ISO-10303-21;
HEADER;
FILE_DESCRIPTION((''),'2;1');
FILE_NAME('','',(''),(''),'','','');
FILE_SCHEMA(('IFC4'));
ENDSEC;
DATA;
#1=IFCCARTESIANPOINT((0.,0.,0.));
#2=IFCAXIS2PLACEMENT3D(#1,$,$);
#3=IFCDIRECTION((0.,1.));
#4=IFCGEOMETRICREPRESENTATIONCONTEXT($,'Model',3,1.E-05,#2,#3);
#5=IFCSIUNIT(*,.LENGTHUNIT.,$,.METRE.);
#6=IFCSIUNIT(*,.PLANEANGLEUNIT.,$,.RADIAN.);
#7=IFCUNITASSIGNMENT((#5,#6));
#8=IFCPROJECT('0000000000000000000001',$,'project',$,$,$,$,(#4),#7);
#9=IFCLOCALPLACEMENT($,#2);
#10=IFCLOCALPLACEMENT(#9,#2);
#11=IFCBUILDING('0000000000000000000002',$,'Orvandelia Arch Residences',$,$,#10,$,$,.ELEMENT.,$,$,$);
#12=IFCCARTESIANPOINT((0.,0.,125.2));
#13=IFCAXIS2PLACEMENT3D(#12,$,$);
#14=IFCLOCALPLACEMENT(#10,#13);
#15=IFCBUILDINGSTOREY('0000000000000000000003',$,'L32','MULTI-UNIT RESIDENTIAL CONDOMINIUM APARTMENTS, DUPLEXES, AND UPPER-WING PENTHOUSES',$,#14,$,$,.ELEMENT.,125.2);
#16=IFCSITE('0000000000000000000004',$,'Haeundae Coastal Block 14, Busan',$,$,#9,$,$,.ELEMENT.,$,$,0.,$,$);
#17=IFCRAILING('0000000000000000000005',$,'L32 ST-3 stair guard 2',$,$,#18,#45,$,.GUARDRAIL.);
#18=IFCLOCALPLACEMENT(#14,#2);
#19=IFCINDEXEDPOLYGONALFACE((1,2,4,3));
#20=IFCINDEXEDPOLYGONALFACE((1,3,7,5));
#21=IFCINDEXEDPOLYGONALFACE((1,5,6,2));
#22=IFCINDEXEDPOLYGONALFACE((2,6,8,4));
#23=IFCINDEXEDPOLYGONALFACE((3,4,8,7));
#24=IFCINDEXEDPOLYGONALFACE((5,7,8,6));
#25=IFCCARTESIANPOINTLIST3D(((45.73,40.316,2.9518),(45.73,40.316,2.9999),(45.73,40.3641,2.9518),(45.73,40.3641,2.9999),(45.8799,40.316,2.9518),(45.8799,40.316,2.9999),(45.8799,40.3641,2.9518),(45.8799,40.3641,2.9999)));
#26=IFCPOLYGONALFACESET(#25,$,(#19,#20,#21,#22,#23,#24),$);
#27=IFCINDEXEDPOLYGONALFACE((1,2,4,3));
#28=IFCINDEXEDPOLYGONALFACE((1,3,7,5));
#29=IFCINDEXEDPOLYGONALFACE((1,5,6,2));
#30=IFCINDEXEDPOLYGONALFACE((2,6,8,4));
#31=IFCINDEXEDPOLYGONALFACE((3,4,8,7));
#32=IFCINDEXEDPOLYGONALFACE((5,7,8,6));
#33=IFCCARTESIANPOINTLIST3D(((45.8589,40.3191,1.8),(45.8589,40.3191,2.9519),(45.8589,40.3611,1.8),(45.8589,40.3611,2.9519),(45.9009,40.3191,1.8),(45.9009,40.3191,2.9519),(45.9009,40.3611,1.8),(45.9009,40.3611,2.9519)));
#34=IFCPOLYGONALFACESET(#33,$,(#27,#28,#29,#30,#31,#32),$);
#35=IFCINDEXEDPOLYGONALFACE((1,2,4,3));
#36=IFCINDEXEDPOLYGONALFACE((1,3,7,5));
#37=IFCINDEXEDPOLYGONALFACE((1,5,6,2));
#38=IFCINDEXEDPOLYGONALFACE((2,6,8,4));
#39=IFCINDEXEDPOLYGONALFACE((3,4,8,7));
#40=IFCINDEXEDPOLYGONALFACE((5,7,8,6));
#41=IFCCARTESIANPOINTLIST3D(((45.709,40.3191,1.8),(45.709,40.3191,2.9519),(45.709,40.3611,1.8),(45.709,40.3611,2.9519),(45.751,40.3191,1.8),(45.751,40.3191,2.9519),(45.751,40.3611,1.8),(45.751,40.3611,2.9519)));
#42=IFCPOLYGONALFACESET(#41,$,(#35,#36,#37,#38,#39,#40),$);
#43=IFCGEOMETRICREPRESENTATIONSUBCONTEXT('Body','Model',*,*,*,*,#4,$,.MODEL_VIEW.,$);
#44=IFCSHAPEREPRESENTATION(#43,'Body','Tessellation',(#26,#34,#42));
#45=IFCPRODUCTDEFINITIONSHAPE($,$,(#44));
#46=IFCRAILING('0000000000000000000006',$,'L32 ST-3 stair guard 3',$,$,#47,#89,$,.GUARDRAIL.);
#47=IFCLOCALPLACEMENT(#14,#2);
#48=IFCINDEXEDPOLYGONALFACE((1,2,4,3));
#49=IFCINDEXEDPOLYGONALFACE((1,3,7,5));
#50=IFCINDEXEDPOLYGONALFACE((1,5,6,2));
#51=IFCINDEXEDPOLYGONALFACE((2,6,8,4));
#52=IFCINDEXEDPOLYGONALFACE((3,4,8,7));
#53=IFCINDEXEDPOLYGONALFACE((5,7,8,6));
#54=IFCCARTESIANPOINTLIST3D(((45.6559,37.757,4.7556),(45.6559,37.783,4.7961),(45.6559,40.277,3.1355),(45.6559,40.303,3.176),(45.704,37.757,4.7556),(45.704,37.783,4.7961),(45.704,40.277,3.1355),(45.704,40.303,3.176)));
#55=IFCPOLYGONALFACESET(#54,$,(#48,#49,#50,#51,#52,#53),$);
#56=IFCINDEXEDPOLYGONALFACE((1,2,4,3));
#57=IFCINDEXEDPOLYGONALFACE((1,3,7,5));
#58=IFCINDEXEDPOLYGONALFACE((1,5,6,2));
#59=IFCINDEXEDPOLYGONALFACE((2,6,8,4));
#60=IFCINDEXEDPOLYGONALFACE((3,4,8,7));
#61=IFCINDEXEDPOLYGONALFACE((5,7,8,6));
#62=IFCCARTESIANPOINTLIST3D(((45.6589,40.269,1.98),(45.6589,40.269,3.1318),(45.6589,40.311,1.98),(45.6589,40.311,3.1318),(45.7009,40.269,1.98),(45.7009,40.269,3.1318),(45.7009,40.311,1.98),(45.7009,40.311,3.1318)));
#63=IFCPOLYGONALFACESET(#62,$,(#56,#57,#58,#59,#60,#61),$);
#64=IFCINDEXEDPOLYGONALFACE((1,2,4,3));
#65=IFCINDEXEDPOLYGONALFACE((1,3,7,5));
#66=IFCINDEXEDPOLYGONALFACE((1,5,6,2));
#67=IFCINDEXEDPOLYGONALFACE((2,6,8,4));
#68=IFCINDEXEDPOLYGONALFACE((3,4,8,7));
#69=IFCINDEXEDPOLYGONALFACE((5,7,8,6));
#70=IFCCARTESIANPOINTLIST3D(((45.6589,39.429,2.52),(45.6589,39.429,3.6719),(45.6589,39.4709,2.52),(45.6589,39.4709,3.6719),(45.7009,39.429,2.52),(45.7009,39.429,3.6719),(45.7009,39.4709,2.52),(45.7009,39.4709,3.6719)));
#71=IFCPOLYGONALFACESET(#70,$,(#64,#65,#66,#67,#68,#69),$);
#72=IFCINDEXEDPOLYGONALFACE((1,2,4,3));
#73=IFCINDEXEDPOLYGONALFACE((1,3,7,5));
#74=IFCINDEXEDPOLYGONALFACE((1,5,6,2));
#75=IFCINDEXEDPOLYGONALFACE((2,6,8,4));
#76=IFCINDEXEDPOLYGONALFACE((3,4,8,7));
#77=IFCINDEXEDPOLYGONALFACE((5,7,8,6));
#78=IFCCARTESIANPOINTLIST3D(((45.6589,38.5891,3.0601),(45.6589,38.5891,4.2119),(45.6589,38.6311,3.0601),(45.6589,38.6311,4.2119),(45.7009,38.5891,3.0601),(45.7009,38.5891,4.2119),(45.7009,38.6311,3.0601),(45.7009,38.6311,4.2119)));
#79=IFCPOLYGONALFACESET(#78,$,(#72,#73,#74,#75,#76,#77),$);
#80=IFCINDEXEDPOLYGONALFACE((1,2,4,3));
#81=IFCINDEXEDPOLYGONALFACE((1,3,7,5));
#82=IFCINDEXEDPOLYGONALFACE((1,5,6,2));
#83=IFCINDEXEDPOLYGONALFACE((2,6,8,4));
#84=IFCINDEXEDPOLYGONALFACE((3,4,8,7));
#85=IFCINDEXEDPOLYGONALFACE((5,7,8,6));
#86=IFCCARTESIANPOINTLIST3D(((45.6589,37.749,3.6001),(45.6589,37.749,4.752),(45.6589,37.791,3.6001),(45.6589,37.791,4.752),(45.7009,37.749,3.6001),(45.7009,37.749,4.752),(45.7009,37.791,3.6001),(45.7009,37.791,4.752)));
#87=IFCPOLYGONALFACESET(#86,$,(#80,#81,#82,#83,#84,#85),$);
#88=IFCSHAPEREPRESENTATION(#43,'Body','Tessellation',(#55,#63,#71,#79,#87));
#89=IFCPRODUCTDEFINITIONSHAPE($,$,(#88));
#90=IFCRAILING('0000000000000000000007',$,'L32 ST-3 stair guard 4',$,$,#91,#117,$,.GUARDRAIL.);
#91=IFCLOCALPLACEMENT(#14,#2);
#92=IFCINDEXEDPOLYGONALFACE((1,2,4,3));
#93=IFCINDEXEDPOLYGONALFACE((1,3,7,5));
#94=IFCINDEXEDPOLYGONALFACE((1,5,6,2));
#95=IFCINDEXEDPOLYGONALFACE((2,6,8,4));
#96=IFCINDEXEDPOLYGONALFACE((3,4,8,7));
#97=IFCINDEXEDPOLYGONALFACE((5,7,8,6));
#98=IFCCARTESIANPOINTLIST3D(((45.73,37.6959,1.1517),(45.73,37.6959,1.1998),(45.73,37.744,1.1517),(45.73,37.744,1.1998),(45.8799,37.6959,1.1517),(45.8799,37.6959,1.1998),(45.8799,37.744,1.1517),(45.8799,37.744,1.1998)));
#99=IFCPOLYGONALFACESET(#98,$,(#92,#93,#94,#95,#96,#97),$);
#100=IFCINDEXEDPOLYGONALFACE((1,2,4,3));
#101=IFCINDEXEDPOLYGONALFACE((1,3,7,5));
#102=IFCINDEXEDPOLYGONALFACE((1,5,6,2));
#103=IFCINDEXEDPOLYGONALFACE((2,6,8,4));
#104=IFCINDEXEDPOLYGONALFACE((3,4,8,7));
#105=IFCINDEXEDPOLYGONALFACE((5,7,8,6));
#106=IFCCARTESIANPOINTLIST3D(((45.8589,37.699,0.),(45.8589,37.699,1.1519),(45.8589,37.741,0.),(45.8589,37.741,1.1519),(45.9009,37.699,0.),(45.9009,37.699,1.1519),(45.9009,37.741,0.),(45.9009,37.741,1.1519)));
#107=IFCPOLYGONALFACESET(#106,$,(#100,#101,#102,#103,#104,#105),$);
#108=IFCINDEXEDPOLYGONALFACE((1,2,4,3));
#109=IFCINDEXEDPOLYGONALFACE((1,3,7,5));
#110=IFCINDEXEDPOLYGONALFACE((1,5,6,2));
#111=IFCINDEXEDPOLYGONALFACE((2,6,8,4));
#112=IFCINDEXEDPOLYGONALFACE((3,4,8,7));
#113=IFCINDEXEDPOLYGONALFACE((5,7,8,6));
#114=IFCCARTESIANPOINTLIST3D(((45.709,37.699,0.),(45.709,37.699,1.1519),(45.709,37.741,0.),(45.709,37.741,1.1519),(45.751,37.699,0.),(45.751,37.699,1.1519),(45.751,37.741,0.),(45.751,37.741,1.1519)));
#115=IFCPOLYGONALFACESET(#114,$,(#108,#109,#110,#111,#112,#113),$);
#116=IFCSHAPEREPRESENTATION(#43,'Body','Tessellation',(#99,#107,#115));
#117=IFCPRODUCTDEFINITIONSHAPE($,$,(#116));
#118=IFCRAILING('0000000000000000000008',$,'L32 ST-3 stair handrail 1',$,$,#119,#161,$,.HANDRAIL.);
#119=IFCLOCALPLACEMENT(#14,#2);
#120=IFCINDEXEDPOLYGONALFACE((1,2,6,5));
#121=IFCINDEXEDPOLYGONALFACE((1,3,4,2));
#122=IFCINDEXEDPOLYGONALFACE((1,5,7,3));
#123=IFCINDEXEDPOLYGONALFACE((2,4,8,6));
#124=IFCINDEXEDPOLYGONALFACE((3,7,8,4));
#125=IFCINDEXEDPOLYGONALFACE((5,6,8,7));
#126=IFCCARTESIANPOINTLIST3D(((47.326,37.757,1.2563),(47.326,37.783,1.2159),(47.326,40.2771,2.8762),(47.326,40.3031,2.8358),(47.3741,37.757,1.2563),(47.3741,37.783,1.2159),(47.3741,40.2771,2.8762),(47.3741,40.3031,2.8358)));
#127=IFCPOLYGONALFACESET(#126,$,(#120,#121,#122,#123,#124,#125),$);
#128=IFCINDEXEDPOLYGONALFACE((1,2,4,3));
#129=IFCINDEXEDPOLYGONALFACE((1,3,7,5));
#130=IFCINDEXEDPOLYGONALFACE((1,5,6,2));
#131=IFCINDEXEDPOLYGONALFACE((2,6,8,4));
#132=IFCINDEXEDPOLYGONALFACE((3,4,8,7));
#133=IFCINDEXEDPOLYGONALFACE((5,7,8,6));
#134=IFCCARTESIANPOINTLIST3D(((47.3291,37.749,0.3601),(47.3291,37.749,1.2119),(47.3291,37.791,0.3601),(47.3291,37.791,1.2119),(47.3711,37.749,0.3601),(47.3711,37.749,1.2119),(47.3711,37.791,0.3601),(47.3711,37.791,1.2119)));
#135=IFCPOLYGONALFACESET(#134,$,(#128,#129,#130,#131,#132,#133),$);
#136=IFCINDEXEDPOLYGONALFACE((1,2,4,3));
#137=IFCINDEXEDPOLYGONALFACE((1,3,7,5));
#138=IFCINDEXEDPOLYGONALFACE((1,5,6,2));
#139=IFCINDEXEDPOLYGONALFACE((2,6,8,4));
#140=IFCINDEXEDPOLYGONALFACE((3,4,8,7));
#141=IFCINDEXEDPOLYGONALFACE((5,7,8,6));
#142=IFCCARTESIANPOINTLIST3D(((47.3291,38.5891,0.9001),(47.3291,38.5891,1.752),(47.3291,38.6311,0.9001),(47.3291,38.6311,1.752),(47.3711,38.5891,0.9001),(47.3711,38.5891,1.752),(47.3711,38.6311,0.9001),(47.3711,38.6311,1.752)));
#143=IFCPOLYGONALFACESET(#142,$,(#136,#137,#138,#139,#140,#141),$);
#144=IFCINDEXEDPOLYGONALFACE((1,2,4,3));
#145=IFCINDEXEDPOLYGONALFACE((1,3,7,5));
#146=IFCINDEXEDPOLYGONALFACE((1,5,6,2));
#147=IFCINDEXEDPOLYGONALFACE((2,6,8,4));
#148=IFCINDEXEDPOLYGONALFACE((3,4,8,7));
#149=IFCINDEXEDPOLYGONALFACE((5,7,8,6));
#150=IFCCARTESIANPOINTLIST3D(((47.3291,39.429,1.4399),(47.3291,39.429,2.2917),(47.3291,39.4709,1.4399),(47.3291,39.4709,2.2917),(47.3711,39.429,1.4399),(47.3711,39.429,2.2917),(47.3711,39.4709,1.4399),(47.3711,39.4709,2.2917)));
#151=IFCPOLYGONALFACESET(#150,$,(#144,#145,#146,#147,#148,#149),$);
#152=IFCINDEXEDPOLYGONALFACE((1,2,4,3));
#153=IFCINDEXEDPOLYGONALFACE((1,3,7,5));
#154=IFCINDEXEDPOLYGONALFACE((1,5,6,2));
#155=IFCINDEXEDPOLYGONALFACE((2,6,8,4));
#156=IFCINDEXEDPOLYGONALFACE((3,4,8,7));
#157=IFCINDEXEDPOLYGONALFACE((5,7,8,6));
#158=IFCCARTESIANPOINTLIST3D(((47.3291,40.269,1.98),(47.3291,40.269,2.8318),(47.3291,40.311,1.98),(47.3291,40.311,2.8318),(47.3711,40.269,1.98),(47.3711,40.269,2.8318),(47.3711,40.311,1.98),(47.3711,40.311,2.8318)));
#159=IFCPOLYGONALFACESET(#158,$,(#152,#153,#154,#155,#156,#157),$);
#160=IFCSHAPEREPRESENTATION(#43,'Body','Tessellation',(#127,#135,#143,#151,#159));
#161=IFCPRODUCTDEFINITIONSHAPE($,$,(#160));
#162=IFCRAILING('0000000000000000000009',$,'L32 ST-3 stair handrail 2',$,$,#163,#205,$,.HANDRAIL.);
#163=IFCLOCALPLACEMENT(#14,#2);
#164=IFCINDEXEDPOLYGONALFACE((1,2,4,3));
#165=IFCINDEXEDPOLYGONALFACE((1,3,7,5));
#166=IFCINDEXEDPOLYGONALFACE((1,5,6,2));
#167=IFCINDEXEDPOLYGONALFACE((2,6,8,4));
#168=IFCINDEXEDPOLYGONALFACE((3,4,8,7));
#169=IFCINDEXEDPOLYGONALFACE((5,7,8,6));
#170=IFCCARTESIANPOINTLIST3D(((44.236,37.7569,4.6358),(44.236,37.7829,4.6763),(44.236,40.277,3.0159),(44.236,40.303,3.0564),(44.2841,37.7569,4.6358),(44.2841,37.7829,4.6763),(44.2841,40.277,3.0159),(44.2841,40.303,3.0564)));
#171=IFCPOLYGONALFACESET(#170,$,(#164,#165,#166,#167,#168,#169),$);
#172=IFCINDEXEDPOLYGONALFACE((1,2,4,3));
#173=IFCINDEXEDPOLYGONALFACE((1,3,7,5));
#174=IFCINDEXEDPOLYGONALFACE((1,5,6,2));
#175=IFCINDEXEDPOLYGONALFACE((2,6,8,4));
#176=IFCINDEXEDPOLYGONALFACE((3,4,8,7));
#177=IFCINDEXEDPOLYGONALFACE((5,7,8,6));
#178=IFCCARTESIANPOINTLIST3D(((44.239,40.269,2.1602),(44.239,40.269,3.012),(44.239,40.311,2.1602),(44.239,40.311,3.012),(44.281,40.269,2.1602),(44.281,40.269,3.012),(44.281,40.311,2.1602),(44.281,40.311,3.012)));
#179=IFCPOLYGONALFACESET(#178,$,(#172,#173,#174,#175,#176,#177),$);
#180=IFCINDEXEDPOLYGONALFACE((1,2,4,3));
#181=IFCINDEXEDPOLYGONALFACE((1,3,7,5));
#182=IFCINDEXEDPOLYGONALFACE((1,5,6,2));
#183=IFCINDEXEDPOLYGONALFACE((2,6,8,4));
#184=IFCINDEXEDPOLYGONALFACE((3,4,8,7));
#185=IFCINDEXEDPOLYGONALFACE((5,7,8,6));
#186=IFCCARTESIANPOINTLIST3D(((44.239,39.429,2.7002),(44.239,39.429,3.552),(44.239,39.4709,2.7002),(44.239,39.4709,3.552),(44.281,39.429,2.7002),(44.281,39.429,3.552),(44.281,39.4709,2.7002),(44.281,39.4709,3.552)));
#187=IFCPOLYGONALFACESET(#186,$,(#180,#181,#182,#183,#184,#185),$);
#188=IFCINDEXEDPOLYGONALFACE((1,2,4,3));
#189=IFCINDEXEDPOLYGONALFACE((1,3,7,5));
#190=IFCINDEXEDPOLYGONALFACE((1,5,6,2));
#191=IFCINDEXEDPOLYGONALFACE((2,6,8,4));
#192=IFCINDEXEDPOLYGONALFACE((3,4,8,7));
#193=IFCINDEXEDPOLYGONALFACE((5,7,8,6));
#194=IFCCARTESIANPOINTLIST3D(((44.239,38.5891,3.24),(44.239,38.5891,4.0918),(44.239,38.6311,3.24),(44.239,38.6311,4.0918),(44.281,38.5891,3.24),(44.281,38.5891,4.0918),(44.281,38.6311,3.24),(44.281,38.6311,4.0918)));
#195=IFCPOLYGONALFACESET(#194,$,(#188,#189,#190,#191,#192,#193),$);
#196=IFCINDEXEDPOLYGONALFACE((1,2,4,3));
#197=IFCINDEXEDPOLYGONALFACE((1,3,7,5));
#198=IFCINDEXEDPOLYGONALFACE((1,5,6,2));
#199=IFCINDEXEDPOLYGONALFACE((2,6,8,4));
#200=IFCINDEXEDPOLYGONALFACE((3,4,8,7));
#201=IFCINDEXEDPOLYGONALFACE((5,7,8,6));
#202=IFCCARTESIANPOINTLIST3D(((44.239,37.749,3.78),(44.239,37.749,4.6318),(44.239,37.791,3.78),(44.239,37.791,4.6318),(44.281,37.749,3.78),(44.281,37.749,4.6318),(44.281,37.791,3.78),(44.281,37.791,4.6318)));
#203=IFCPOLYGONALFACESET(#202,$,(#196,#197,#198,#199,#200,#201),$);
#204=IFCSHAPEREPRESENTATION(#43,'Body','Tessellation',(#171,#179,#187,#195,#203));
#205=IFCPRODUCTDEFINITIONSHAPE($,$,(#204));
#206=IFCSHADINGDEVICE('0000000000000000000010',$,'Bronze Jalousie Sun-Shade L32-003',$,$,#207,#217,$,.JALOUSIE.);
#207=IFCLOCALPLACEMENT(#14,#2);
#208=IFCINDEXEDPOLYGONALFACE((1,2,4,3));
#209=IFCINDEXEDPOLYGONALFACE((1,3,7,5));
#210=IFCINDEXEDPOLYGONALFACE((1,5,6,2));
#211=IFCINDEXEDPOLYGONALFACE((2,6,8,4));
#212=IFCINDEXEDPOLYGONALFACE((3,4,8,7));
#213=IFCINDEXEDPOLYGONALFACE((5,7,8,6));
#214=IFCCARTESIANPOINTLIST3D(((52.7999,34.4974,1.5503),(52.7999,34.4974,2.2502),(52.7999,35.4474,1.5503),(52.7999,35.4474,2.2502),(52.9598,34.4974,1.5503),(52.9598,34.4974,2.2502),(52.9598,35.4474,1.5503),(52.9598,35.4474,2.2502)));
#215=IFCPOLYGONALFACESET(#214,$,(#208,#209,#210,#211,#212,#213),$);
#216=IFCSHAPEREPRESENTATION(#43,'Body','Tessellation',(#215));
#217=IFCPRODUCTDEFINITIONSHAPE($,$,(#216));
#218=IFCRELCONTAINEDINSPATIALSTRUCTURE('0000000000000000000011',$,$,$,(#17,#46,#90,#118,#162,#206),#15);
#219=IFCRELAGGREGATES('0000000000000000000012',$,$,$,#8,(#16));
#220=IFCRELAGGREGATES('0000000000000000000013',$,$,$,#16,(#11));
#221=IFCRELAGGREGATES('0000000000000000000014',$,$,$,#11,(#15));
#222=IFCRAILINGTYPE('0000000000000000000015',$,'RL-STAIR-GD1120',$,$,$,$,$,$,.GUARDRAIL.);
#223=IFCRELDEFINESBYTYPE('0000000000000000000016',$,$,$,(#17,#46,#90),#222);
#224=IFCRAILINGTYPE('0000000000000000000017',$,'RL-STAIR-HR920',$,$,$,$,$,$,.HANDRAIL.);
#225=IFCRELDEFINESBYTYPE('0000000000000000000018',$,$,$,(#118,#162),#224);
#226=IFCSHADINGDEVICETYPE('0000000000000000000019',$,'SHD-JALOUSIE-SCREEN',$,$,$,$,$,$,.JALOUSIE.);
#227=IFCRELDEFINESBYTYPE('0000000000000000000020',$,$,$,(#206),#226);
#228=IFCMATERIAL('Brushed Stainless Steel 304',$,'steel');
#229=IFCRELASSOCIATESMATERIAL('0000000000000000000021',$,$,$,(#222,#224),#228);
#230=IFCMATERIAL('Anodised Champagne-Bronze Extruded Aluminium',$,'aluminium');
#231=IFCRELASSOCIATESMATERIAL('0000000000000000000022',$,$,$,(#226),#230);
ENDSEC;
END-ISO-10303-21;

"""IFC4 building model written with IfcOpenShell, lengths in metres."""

from ifc_helpers import new_model, si_unit, direction, frame, origin, origin_2d, place, context, subcontext, project, spatial, rectangle, extrude, material, type_object, element, save


model = new_model("IFC4")

# Units and contexts
model_context = context("Model", 3, precision=1e-05, world=origin(), true_north=direction((0.0, 1.0)))
body_context = subcontext(model_context, "Body", "Model", "MODEL_VIEW")
ifc_project = project(units=[si_unit("LENGTHUNIT", "METRE"), si_unit("PLANEANGLEUNIT", "RADIAN")], contexts=[model_context])

# Site, building, storey
site_placement = place(None, origin())
site = spatial("IfcSite", under=ifc_project, at=site_placement, Name="Haeundae Coastal Block 14, Busan", CompositionType="ELEMENT", RefElevation=0.0)
building_placement = place(site_placement, origin())
building = spatial("IfcBuilding", under=site, at=building_placement, Name="Orvandelia Arch Residences", CompositionType="ELEMENT")
storey_placement = place(building_placement, frame((0.0, 0.0, 125.2)))
storey = spatial("IfcBuildingStorey", under=building, at=storey_placement, Name="L32", Description="MULTI-UNIT RESIDENTIAL CONDOMINIUM APARTMENTS, DUPLEXES, AND UPPER-WING PENTHOUSES", CompositionType="ELEMENT", Elevation=125.2)

# Railings
ifc_material_1 = material(Name="Brushed Stainless Steel 304", Category="steel")
railing_type_1 = type_object("IfcRailingType", Name="RL-STAIR-GD1120", PredefinedType="GUARDRAIL", material=ifc_material_1)
railing_1_placement = place(storey_placement, frame((45.8799, 40.3401, 1.8)))
element("IfcRailing", 1, at=railing_1_placement, inside=storey, type_object=railing_type_1, Name="L32 ST-3 stair guard 2", PredefinedType="GUARDRAIL", context=body_context, shape_type="SweptSolid", body=[
    extrude(rectangle(XDim=0.0481, YDim=0.0481, at=origin_2d()), frame((0.0, 0.0, 1.1758), z_axis=(-1.0, 0.0, 0.0), x_axis=(0.0, -1.0, 0.0)), (0.0, 0.0, 1.0), 0.1499),
    extrude(rectangle(XDim=0.042, YDim=0.042, at=origin_2d()), origin(), (0.0, 0.0, 1.0), 1.1519),
    extrude(rectangle(XDim=0.042, YDim=0.042, at=origin_2d()), frame((-0.1499, 0.0, 0.0)), (0.0, 0.0, 1.0), 1.1519),
])
railing_2_placement = place(storey_placement, frame((45.6799, 40.29, 1.98)))
element("IfcRailing", 2, at=railing_2_placement, inside=storey, type_object=railing_type_1, Name="L32 ST-3 stair guard 3", PredefinedType="GUARDRAIL", context=body_context, shape_type="SweptSolid", body=[
    extrude(rectangle(XDim=0.0481, YDim=0.0481, at=origin_2d()), frame((0.0, 0.0, 1.1758), z_axis=(0.0, -0.841163, 0.540782), x_axis=(1.0, 0.0, 0.0)), (0.0, 0.0, 1.0), 2.9958),
    extrude(rectangle(XDim=0.042, YDim=0.042, at=origin_2d()), origin(), (0.0, 0.0, 1.0), 1.1519),
    extrude(rectangle(XDim=0.042, YDim=0.042, at=origin_2d()), frame((0.0, -0.8401, 0.54)), (0.0, 0.0, 1.0), 1.1519),
    extrude(rectangle(XDim=0.042, YDim=0.042, at=origin_2d()), frame((0.0, -1.6799, 1.0801)), (0.0, 0.0, 1.0), 1.1519),
    extrude(rectangle(XDim=0.042, YDim=0.042, at=origin_2d()), frame((0.0, -2.52, 1.6201)), (0.0, 0.0, 1.0), 1.1519),
])
railing_3_placement = place(storey_placement, frame((45.8799, 37.72, 0.0)))
element("IfcRailing", 3, at=railing_3_placement, inside=storey, type_object=railing_type_1, Name="L32 ST-3 stair guard 4", PredefinedType="GUARDRAIL", context=body_context, shape_type="SweptSolid", body=[
    extrude(rectangle(XDim=0.0481, YDim=0.0481, at=origin_2d()), frame((0.0, 0.0, 1.1758), z_axis=(-1.0, 0.0, 0.0), x_axis=(0.0, -1.0, 0.0)), (0.0, 0.0, 1.0), 0.1499),
    extrude(rectangle(XDim=0.042, YDim=0.042, at=origin_2d()), origin(), (0.0, 0.0, 1.0), 1.1519),
    extrude(rectangle(XDim=0.042, YDim=0.042, at=origin_2d()), frame((-0.1499, 0.0, 0.0)), (0.0, 0.0, 1.0), 1.1519),
])
railing_type_2 = type_object("IfcRailingType", Name="RL-STAIR-HR920", PredefinedType="HANDRAIL", material=ifc_material_1)
railing_4_placement = place(storey_placement, frame((47.3501, 37.77, 0.3601)))
element("IfcRailing", 4, at=railing_4_placement, inside=storey, type_object=railing_type_2, Name="L32 ST-3 stair handrail 1", PredefinedType="HANDRAIL", context=body_context, shape_type="SweptSolid", body=[
    extrude(rectangle(XDim=0.0481, YDim=0.0481, at=origin_2d()), frame((0.0, 0.0, 0.876), z_axis=(0.0, 0.8412, 0.540725), x_axis=(-1.0, 0.0, 0.0)), (0.0, 0.0, 1.0), 2.9958),
    extrude(rectangle(XDim=0.042, YDim=0.042, at=origin_2d()), origin(), (0.0, 0.0, 1.0), 0.8518),
    extrude(rectangle(XDim=0.042, YDim=0.042, at=origin_2d()), frame((0.0, 0.8401, 0.54)), (0.0, 0.0, 1.0), 0.8518),
    extrude(rectangle(XDim=0.042, YDim=0.042, at=origin_2d()), frame((0.0, 1.6799, 1.0798)), (0.0, 0.0, 1.0), 0.8518),
    extrude(rectangle(XDim=0.042, YDim=0.042, at=origin_2d()), frame((0.0, 2.52, 1.6199)), (0.0, 0.0, 1.0), 0.8518),
])
railing_5_placement = place(storey_placement, frame((44.26, 40.29, 2.1602)))
element("IfcRailing", 5, at=railing_5_placement, inside=storey, type_object=railing_type_2, Name="L32 ST-3 stair handrail 2", PredefinedType="HANDRAIL", context=body_context, shape_type="SweptSolid", body=[
    extrude(rectangle(XDim=0.0481, YDim=0.0481, at=origin_2d()), frame((0.0, 0.0, 0.876), z_axis=(0.0, -0.8412, 0.540725), x_axis=(1.0, 0.0, 0.0)), (0.0, 0.0, 1.0), 2.9958),
    extrude(rectangle(XDim=0.042, YDim=0.042, at=origin_2d()), origin(), (0.0, 0.0, 1.0), 0.8518),
    extrude(rectangle(XDim=0.042, YDim=0.042, at=origin_2d()), frame((0.0, -0.8401, 0.54)), (0.0, 0.0, 1.0), 0.8518),
    extrude(rectangle(XDim=0.042, YDim=0.042, at=origin_2d()), frame((0.0, -1.6799, 1.0798)), (0.0, 0.0, 1.0), 0.8518),
    extrude(rectangle(XDim=0.042, YDim=0.042, at=origin_2d()), frame((0.0, -2.52, 1.6199)), (0.0, 0.0, 1.0), 0.8518),
])

# Shading device
ifc_material_2 = material(Name="Anodised Champagne-Bronze Extruded Aluminium", Category="aluminium")
shading_device_type_1 = type_object("IfcShadingDeviceType", Name="SHD-JALOUSIE-SCREEN", PredefinedType="JALOUSIE", material=ifc_material_2)
shading_device_1_placement = place(storey_placement, frame((52.8799, 34.9724, 1.5503), z_axis=(0.0, 0.0, 1.0), x_axis=(0.0, -1.0, 0.0)))
element("IfcShadingDevice", 6, at=shading_device_1_placement, inside=storey, type_object=shading_device_type_1, Name="Bronze Jalousie Sun-Shade L32-003", PredefinedType="JALOUSIE", context=body_context, shape_type="SweptSolid", body=[
    extrude(rectangle(XDim=0.95, YDim=0.1599, at=origin_2d()), origin(), (0.0, 0.0, 1.0), 0.7),
])

save(model, "model.ifc")
